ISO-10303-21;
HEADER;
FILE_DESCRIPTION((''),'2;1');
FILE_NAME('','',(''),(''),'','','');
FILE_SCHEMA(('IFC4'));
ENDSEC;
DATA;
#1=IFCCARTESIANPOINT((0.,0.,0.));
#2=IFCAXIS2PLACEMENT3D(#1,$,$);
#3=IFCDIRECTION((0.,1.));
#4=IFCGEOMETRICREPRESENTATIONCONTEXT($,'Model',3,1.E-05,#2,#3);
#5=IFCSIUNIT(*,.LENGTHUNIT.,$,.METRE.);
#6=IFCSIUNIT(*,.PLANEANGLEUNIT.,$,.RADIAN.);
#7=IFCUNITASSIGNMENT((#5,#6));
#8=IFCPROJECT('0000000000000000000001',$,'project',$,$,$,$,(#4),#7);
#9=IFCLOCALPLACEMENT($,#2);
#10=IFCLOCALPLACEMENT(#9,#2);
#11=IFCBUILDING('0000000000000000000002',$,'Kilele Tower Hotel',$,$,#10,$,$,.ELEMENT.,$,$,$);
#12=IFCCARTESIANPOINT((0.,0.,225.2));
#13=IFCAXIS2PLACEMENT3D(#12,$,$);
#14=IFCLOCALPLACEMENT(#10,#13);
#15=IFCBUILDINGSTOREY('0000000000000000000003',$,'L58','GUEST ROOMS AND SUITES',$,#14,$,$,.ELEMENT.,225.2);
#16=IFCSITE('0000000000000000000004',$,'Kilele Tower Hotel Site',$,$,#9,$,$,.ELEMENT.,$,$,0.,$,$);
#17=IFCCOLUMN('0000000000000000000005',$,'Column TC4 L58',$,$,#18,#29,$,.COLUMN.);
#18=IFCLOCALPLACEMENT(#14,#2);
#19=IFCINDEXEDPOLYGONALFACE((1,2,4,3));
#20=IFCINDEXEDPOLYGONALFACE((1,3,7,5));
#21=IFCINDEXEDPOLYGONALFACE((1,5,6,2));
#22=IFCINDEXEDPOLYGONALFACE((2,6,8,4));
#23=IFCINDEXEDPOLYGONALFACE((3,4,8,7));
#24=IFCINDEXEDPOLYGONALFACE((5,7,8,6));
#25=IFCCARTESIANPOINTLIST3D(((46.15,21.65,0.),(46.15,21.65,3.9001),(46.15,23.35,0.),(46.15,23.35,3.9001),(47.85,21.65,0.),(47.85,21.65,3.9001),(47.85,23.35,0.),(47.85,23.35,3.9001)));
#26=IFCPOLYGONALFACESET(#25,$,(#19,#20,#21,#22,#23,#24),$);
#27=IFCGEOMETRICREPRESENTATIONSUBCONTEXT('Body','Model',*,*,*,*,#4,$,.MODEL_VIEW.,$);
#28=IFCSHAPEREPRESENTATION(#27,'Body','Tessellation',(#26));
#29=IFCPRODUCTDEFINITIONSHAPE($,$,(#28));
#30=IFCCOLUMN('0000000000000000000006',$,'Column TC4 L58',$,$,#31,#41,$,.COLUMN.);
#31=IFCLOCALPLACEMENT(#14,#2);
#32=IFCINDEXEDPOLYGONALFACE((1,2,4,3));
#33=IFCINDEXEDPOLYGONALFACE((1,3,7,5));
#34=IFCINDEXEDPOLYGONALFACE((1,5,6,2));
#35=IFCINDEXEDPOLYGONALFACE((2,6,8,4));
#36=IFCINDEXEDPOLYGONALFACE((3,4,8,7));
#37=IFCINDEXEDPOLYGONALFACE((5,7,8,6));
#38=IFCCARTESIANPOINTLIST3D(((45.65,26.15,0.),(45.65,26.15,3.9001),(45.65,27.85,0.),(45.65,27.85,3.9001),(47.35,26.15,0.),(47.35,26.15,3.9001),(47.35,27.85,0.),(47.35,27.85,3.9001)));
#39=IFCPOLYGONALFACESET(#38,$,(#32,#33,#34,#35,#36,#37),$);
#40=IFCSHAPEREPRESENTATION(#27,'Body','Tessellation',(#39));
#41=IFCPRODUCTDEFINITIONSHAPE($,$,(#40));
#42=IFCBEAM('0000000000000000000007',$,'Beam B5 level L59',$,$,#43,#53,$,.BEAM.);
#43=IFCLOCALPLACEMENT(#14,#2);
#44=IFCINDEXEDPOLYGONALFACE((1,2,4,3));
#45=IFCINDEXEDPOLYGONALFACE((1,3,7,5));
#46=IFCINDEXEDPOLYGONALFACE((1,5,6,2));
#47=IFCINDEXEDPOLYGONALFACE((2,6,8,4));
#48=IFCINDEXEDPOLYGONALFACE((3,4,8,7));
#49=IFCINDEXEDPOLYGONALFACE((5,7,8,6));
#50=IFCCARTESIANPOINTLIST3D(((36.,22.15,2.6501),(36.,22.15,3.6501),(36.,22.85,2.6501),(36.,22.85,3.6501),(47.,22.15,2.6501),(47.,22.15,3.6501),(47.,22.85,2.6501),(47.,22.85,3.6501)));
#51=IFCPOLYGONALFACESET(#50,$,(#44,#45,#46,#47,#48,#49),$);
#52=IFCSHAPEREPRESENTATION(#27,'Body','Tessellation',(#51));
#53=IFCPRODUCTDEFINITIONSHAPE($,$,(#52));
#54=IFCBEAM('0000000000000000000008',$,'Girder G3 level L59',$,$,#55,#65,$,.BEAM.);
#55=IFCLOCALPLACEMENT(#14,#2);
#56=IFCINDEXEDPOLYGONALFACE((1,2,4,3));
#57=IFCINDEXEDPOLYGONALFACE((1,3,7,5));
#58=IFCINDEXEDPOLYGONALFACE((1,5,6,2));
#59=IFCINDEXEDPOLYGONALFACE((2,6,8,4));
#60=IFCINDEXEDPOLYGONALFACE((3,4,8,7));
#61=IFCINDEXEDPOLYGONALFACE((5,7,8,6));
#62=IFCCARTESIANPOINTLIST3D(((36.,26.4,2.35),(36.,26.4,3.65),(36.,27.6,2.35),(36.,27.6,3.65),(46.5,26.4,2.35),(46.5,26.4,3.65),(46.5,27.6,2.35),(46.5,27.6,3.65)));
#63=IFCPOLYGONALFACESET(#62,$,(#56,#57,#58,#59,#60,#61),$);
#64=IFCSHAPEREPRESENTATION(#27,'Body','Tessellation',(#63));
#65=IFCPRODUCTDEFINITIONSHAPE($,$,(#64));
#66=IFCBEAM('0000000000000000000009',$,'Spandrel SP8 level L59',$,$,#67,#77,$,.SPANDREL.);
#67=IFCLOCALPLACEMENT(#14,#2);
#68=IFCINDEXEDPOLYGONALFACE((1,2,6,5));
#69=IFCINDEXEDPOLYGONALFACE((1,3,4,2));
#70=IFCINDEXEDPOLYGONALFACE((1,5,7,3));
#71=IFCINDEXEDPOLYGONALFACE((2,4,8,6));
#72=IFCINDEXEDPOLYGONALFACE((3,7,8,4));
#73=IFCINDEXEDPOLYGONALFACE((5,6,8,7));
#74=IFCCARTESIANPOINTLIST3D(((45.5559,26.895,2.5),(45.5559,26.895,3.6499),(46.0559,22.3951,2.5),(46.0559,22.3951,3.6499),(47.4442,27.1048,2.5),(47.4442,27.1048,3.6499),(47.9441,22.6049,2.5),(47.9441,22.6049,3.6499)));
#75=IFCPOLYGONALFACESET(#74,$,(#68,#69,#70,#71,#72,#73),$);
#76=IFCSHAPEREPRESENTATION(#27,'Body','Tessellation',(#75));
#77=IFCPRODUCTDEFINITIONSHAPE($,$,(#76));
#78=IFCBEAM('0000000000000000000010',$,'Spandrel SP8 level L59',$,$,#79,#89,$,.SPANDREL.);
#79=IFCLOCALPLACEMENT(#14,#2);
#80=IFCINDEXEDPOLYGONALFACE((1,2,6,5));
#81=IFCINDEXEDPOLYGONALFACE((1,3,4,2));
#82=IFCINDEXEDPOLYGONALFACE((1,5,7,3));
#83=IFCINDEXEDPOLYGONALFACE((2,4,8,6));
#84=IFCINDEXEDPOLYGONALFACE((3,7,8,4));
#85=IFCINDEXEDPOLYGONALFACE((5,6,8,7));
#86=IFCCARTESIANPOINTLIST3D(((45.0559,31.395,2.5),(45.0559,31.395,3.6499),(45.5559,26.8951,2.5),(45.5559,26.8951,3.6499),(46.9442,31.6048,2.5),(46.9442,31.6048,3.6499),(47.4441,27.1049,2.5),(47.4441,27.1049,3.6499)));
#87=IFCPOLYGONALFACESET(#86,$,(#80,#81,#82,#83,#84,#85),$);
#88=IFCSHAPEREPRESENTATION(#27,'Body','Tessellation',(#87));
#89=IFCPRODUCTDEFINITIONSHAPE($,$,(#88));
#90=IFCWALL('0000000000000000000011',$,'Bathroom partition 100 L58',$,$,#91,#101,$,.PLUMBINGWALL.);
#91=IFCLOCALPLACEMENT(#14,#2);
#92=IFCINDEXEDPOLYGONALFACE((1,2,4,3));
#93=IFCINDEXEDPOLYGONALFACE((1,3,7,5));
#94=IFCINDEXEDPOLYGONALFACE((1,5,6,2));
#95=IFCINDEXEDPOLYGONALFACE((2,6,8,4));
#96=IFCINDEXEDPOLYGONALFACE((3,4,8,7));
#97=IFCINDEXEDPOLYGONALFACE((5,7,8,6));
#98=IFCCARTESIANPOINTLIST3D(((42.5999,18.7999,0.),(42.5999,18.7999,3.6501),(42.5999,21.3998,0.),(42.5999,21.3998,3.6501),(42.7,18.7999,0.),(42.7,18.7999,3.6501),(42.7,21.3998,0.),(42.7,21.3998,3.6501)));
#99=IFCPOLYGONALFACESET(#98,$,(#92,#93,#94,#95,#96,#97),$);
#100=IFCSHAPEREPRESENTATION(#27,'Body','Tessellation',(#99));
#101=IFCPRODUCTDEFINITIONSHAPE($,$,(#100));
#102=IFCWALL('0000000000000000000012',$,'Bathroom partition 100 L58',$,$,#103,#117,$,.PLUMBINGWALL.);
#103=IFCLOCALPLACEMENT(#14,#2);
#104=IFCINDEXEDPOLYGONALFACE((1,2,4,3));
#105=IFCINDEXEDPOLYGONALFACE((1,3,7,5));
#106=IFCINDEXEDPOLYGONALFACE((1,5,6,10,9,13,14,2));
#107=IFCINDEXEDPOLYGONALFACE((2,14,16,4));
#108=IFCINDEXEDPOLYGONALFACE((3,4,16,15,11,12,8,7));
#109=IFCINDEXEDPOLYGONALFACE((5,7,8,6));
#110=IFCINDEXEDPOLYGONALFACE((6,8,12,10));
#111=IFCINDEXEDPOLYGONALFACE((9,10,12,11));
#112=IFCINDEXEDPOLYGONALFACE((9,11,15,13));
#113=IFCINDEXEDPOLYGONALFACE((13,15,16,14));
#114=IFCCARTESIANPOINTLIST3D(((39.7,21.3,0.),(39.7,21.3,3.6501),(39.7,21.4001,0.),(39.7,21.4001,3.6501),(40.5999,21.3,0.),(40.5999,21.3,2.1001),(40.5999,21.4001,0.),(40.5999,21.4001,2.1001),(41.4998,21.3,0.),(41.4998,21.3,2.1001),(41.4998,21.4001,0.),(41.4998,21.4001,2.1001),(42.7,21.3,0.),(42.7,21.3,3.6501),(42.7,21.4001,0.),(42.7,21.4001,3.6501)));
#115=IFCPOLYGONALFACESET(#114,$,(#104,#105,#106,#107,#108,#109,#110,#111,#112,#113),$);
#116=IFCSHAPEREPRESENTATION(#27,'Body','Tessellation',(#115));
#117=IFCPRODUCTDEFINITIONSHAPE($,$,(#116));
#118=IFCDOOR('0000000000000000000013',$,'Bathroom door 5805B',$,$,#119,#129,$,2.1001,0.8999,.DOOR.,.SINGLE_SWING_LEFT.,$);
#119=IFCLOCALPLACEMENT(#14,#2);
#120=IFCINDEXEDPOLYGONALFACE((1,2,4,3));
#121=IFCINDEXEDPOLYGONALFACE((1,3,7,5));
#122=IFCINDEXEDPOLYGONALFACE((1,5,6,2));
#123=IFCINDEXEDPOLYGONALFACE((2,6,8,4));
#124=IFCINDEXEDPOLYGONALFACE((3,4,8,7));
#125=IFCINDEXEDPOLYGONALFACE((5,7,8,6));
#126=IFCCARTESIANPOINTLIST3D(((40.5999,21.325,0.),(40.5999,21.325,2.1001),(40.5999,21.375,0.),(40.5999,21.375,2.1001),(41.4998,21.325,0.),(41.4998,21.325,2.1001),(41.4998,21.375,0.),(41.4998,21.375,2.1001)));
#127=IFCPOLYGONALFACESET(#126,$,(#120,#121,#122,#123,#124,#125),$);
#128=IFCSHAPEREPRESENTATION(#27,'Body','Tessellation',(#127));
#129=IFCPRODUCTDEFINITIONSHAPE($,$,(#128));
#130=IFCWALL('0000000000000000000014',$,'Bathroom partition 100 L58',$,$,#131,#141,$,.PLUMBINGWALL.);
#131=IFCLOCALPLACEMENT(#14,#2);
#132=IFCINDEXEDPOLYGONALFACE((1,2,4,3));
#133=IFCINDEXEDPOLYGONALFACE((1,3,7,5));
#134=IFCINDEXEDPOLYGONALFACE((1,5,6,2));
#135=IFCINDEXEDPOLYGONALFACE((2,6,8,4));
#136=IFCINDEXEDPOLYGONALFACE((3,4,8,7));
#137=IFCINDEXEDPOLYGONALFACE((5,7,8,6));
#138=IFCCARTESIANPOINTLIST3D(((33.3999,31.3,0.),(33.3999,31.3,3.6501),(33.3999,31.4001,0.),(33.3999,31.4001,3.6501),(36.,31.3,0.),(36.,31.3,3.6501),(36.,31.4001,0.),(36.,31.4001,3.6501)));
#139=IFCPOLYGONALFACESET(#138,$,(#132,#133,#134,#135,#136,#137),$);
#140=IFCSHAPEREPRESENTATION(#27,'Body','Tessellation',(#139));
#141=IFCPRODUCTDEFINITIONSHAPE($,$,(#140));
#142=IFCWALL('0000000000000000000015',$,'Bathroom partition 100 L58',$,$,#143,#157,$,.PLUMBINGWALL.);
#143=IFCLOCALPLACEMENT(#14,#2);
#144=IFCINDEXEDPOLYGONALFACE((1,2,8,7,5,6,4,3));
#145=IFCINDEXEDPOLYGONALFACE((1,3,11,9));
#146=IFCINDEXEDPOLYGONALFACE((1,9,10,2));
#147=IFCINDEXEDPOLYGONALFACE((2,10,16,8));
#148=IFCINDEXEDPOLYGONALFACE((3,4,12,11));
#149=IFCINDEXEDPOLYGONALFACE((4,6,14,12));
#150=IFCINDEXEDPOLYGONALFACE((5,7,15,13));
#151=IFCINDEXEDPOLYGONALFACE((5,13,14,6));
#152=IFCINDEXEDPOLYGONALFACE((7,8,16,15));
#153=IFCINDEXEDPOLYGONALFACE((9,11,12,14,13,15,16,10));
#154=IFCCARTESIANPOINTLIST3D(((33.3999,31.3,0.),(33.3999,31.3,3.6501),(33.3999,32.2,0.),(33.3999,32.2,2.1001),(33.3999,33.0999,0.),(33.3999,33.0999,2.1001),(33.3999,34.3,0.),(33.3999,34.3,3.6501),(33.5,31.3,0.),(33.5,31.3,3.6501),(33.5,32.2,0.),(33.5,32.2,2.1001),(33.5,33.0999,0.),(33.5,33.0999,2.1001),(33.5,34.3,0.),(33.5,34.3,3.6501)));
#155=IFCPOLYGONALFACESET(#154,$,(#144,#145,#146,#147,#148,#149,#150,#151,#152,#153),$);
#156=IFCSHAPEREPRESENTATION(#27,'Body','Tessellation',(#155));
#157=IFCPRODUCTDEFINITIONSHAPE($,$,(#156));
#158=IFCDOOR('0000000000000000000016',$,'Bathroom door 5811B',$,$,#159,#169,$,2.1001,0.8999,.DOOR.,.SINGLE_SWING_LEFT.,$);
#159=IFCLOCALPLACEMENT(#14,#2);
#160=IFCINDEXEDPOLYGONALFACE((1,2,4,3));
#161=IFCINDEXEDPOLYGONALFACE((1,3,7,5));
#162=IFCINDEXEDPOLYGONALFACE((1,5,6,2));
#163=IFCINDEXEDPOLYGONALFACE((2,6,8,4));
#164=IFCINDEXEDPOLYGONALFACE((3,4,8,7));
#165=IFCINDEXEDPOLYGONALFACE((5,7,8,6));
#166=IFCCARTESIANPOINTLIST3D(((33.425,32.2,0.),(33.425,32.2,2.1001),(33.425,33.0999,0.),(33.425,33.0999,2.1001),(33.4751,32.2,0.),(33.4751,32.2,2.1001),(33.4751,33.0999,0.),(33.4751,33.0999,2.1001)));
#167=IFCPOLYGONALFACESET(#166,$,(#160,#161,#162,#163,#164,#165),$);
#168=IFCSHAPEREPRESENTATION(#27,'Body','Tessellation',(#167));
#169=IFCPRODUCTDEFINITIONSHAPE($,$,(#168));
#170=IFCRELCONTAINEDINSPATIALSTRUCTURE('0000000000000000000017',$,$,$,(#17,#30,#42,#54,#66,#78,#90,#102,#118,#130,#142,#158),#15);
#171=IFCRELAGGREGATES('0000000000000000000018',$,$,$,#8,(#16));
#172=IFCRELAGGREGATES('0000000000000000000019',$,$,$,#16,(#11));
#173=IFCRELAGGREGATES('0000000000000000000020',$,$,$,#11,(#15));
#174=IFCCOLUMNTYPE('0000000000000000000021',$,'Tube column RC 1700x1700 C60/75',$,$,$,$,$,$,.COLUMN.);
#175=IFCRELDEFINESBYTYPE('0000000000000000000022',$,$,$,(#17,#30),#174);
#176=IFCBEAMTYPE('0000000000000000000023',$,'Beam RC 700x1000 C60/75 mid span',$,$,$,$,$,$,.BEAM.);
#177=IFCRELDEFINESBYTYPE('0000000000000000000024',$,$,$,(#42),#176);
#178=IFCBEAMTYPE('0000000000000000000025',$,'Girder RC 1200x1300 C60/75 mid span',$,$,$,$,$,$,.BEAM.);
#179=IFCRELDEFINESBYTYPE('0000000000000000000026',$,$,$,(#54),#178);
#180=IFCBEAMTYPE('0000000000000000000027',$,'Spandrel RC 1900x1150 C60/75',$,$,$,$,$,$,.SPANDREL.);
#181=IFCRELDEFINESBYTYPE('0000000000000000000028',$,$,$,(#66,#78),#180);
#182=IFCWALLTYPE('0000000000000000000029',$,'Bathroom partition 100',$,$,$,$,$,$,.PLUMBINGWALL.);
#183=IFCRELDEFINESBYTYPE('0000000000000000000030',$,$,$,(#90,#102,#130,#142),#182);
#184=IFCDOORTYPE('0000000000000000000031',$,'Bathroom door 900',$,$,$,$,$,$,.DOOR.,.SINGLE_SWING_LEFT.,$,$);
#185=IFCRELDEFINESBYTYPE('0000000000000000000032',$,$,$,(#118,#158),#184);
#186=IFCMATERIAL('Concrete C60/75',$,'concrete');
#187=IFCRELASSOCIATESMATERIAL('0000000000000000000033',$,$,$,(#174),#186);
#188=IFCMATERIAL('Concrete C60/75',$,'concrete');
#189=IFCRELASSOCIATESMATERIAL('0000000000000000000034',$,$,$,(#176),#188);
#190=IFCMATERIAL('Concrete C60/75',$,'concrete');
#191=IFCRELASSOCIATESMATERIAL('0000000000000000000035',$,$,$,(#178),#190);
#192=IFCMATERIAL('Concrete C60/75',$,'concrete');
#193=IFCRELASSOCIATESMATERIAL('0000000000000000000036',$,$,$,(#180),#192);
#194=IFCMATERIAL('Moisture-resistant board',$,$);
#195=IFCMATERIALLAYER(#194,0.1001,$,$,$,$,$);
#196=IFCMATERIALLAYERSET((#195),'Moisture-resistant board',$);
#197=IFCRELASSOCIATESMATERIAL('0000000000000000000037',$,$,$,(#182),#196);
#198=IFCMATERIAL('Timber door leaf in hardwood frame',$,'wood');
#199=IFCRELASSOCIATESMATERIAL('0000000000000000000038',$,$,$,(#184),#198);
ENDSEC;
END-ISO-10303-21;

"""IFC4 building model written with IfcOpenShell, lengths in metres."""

from ifc_helpers import new_model, si_unit, direction, frame, frame_2d, origin, origin_2d, place, context, subcontext, project, spatial, rectangle, extrude, material, layer, layer_set, material_profile, profile_set, type_object, element, fill, save


model = new_model("IFC4")

# Units and contexts
model_context = context("Model", 3, precision=1e-05, world=origin(), true_north=direction((0.0, 1.0)))
body_context = subcontext(model_context, "Body", "Model", "MODEL_VIEW")
ifc_project = project(units=[si_unit("LENGTHUNIT", "METRE"), si_unit("PLANEANGLEUNIT", "RADIAN")], contexts=[model_context])

# Site, building, storey
site_placement = place(None, origin())
site = spatial("IfcSite", under=ifc_project, at=site_placement, Name="Kilele Tower Hotel Site", CompositionType="ELEMENT", RefElevation=0.0)
building_placement = place(site_placement, origin())
building = spatial("IfcBuilding", under=site, at=building_placement, Name="Kilele Tower Hotel", CompositionType="ELEMENT")
storey_placement = place(building_placement, frame((0.0, 0.0, 225.2)))
storey = spatial("IfcBuildingStorey", under=building, at=storey_placement, Name="L58", Description="GUEST ROOMS AND SUITES", CompositionType="ELEMENT", Elevation=225.2)

# Columns
ifc_material_1 = material(Name="Concrete C60/75", Category="concrete")
ifc_material_profile_1 = material_profile(ifc_material_1, rectangle(XDim=1.7, YDim=1.7, at=origin_2d()))
ifc_profile_set_1 = profile_set([ifc_material_profile_1], Name="Concrete C60/75")
column_type = type_object("IfcColumnType", Name="Tube column RC 1700x1700 C60/75", PredefinedType="COLUMN", material=ifc_profile_set_1)
for number, where, z_axis, x_axis, name in (
    (1, (47.0, 22.5, 0.0), (0.0, 0.0, 1.0), (1.0, 0.0, 0.0), "Column TC4 L58"),
    (2, (46.5, 27.0, 0.0), (0.0, 0.0, 1.0), (1.0, 0.0, 0.0), "Column TC4 L58"),
):
    element("IfcColumn", number, at=place(storey_placement, frame(where, z_axis=z_axis, x_axis=x_axis)), inside=storey, type_object=column_type, Name=name, PredefinedType="COLUMN", context=body_context, shape_type="SweptSolid", body=[
        extrude(rectangle(XDim=1.7, YDim=1.7, at=origin_2d()), origin(), (0.0, 0.0, 1.0), 3.9001),
    ])

# Beams
ifc_material_2 = material(Name="Concrete C60/75", Category="concrete")
ifc_material_profile_2 = material_profile(ifc_material_2, rectangle(XDim=0.7, YDim=1.0, at=origin_2d()))
ifc_profile_set_2 = profile_set([ifc_material_profile_2], Name="Concrete C60/75")
beam_type_1 = type_object("IfcBeamType", Name="Beam RC 700x1000 C60/75 mid span", PredefinedType="BEAM", material=ifc_profile_set_2)
beam_1_placement = place(storey_placement, frame((47.0, 22.5, 3.1501), z_axis=(-1.0, 0.0, 0.0), x_axis=(0.0, -1.0, 0.0)))
element("IfcBeam", 3, at=beam_1_placement, inside=storey, type_object=beam_type_1, Name="Beam B5 level L59", PredefinedType="BEAM", context=body_context, shape_type="SweptSolid", body=[
    extrude(rectangle(XDim=0.7, YDim=1.0, at=origin_2d()), origin(), (0.0, 0.0, 1.0), 11.0),
])
ifc_material_3 = material(Name="Concrete C60/75", Category="concrete")
ifc_material_profile_3 = material_profile(ifc_material_3, rectangle(XDim=1.2, YDim=1.3, at=origin_2d()))
ifc_profile_set_3 = profile_set([ifc_material_profile_3], Name="Concrete C60/75")
beam_type_2 = type_object("IfcBeamType", Name="Girder RC 1200x1300 C60/75 mid span", PredefinedType="BEAM", material=ifc_profile_set_3)
beam_2_placement = place(storey_placement, frame((46.5, 27.0, 3.0), z_axis=(-1.0, 0.0, 0.0), x_axis=(0.0, -1.0, 0.0)))
element("IfcBeam", 4, at=beam_2_placement, inside=storey, type_object=beam_type_2, Name="Girder G3 level L59", PredefinedType="BEAM", context=body_context, shape_type="SweptSolid", body=[
    extrude(rectangle(XDim=1.2, YDim=1.3, at=origin_2d()), origin(), (0.0, 0.0, 1.0), 10.5),
])
ifc_material_4 = material(Name="Concrete C60/75", Category="concrete")
ifc_material_profile_4 = material_profile(ifc_material_4, rectangle(XDim=1.8999, YDim=1.1499, at=origin_2d()))
ifc_profile_set_4 = profile_set([ifc_material_profile_4], Name="Concrete C60/75")
beam_type_3 = type_object("IfcBeamType", Name="Spandrel RC 1900x1150 C60/75", PredefinedType="SPANDREL", material=ifc_profile_set_4)
for number, where, z_axis, x_axis, name in (
    (5, (47.0, 22.5, 3.075), (-0.110432, 0.993884, 0.0), (-0.993884, -0.110432, 0.0), "Spandrel SP8 level L59"),
    (6, (46.5, 27.0, 3.075), (-0.110432, 0.993884, 0.0), (-0.993884, -0.110432, 0.0), "Spandrel SP8 level L59"),
):
    element("IfcBeam", number, at=place(storey_placement, frame(where, z_axis=z_axis, x_axis=x_axis)), inside=storey, type_object=beam_type_3, Name=name, PredefinedType="SPANDREL", context=body_context, shape_type="SweptSolid", body=[
        extrude(rectangle(XDim=1.8999, YDim=1.1499, at=origin_2d()), origin(), (0.0, 0.0, 1.0), 4.5276),
    ])

# Wall
ifc_material_5 = material(Name="Moisture-resistant board")
ifc_layer_1 = layer(ifc_material_5, 0.1001)
ifc_layer_set_1 = layer_set([ifc_layer_1], Name="Moisture-resistant board")
wall_type_1 = type_object("IfcWallType", Name="Bathroom partition 100", PredefinedType="PLUMBINGWALL", material=ifc_layer_set_1)
wall_1_placement = place(storey_placement, frame((42.6499, 18.8, 0.0), z_axis=(0.0, 0.0, 1.0), x_axis=(0.0, 1.0, 0.0)))
element("IfcWall", 7, at=wall_1_placement, inside=storey, type_object=wall_type_1, Name="Bathroom partition 100 L58", PredefinedType="PLUMBINGWALL", context=body_context, shape_type="SweptSolid", body=[
    extrude(rectangle(XDim=2.5999, YDim=0.1001, at=frame_2d((1.2998, 0.0))), origin(), (0.0, 0.0, 1.0), 3.6501),
])

# Wall, opening, door
wall_2_placement = place(storey_placement, frame((39.7, 21.3501, 0.0), z_axis=(0.0, 0.0, 1.0), x_axis=(1.0, 0.0, 0.0)))
wall_2 = element("IfcWall", 8, at=wall_2_placement, inside=storey, type_object=wall_type_1, Name="Bathroom partition 100 L58", PredefinedType="PLUMBINGWALL", context=body_context, shape_type="SweptSolid", body=[
    extrude(rectangle(XDim=3.0, YDim=0.1001, at=frame_2d((1.5, 0.0))), origin(), (0.0, 0.0, 1.0), 3.6501),
])
opening_1_placement = place(wall_2_placement, frame((0.8999, 0.0, 0.0)))
opening_1 = element("IfcOpeningElement", 9, at=opening_1_placement, cuts=wall_2, PredefinedType="OPENING", context=body_context, shape_type="SweptSolid", body=[
    extrude(rectangle(XDim=0.8999, YDim=2.1001, at=frame_2d((0.45, 1.05))), frame((0.0, 0.0601, 0.0), z_axis=(0.0, -1.0, 0.0), x_axis=(1.0, 0.0, 0.0)), (0.0, 0.0, 1.0), 0.1201),
])
ifc_material_6 = material(Name="Timber door leaf in hardwood frame", Category="wood")
door_type_1 = type_object("IfcDoorType", Name="Bathroom door 900", OperationType="SINGLE_SWING_LEFT", PredefinedType="DOOR", material=ifc_material_6)
door_1_placement = place(opening_1_placement, origin())
door_1 = element("IfcDoor", 10, at=door_1_placement, inside=storey, type_object=door_type_1, Name="Bathroom door 5805B", OperationType="SINGLE_SWING_LEFT", OverallHeight=2.1001, OverallWidth=0.8999, PredefinedType="DOOR", context=body_context, shape_type="SweptSolid", body=[
    extrude(rectangle(XDim=0.8999, YDim=2.1001, at=frame_2d((0.45, 1.05))), frame((0.0, 0.0249, 0.0), z_axis=(0.0, -1.0, 0.0), x_axis=(1.0, 0.0, 0.0)), (0.0, 0.0, 1.0), 0.05),
])
fill(opening_1, door_1)

# Wall
wall_3_placement = place(storey_placement, frame((33.3999, 31.3501, 0.0), z_axis=(0.0, 0.0, 1.0), x_axis=(1.0, 0.0, 0.0)))
element("IfcWall", 11, at=wall_3_placement, inside=storey, type_object=wall_type_1, Name="Bathroom partition 100 L58", PredefinedType="PLUMBINGWALL", context=body_context, shape_type="SweptSolid", body=[
    extrude(rectangle(XDim=2.6001, YDim=0.1001, at=frame_2d((1.3, 0.0))), origin(), (0.0, 0.0, 1.0), 3.6501),
])

# Wall, opening, door
wall_4_placement = place(storey_placement, frame((33.45, 31.3, 0.0), z_axis=(0.0, 0.0, 1.0), x_axis=(0.0, 1.0, 0.0)))
wall_4 = element("IfcWall", 12, at=wall_4_placement, inside=storey, type_object=wall_type_1, Name="Bathroom partition 100 L58", PredefinedType="PLUMBINGWALL", context=body_context, shape_type="SweptSolid", body=[
    extrude(rectangle(XDim=3.0, YDim=0.1001, at=frame_2d((1.5, 0.0))), origin(), (0.0, 0.0, 1.0), 3.6501),
])
opening_2_placement = place(wall_4_placement, frame((0.8999, 0.0, 0.0)))
opening_2 = element("IfcOpeningElement", 13, at=opening_2_placement, cuts=wall_4, PredefinedType="OPENING", context=body_context, shape_type="SweptSolid", body=[
    extrude(rectangle(XDim=0.8999, YDim=2.1001, at=frame_2d((0.45, 1.05))), frame((0.0, 0.0601, 0.0), z_axis=(0.0, -1.0, 0.0), x_axis=(1.0, 0.0, 0.0)), (0.0, 0.0, 1.0), 0.1201),
])
door_2_placement = place(opening_2_placement, origin())
door_2 = element("IfcDoor", 14, at=door_2_placement, inside=storey, type_object=door_type_1, Name="Bathroom door 5811B", OperationType="SINGLE_SWING_LEFT", OverallHeight=2.1001, OverallWidth=0.8999, PredefinedType="DOOR", context=body_context, shape_type="SweptSolid", body=[
    extrude(rectangle(XDim=0.8999, YDim=2.1001, at=frame_2d((0.45, 1.05))), frame((0.0, 0.0249, 0.0), z_axis=(0.0, -1.0, 0.0), x_axis=(1.0, 0.0, 0.0)), (0.0, 0.0, 1.0), 0.05),
])
fill(opening_2, door_2)

save(model, "model.ifc")
